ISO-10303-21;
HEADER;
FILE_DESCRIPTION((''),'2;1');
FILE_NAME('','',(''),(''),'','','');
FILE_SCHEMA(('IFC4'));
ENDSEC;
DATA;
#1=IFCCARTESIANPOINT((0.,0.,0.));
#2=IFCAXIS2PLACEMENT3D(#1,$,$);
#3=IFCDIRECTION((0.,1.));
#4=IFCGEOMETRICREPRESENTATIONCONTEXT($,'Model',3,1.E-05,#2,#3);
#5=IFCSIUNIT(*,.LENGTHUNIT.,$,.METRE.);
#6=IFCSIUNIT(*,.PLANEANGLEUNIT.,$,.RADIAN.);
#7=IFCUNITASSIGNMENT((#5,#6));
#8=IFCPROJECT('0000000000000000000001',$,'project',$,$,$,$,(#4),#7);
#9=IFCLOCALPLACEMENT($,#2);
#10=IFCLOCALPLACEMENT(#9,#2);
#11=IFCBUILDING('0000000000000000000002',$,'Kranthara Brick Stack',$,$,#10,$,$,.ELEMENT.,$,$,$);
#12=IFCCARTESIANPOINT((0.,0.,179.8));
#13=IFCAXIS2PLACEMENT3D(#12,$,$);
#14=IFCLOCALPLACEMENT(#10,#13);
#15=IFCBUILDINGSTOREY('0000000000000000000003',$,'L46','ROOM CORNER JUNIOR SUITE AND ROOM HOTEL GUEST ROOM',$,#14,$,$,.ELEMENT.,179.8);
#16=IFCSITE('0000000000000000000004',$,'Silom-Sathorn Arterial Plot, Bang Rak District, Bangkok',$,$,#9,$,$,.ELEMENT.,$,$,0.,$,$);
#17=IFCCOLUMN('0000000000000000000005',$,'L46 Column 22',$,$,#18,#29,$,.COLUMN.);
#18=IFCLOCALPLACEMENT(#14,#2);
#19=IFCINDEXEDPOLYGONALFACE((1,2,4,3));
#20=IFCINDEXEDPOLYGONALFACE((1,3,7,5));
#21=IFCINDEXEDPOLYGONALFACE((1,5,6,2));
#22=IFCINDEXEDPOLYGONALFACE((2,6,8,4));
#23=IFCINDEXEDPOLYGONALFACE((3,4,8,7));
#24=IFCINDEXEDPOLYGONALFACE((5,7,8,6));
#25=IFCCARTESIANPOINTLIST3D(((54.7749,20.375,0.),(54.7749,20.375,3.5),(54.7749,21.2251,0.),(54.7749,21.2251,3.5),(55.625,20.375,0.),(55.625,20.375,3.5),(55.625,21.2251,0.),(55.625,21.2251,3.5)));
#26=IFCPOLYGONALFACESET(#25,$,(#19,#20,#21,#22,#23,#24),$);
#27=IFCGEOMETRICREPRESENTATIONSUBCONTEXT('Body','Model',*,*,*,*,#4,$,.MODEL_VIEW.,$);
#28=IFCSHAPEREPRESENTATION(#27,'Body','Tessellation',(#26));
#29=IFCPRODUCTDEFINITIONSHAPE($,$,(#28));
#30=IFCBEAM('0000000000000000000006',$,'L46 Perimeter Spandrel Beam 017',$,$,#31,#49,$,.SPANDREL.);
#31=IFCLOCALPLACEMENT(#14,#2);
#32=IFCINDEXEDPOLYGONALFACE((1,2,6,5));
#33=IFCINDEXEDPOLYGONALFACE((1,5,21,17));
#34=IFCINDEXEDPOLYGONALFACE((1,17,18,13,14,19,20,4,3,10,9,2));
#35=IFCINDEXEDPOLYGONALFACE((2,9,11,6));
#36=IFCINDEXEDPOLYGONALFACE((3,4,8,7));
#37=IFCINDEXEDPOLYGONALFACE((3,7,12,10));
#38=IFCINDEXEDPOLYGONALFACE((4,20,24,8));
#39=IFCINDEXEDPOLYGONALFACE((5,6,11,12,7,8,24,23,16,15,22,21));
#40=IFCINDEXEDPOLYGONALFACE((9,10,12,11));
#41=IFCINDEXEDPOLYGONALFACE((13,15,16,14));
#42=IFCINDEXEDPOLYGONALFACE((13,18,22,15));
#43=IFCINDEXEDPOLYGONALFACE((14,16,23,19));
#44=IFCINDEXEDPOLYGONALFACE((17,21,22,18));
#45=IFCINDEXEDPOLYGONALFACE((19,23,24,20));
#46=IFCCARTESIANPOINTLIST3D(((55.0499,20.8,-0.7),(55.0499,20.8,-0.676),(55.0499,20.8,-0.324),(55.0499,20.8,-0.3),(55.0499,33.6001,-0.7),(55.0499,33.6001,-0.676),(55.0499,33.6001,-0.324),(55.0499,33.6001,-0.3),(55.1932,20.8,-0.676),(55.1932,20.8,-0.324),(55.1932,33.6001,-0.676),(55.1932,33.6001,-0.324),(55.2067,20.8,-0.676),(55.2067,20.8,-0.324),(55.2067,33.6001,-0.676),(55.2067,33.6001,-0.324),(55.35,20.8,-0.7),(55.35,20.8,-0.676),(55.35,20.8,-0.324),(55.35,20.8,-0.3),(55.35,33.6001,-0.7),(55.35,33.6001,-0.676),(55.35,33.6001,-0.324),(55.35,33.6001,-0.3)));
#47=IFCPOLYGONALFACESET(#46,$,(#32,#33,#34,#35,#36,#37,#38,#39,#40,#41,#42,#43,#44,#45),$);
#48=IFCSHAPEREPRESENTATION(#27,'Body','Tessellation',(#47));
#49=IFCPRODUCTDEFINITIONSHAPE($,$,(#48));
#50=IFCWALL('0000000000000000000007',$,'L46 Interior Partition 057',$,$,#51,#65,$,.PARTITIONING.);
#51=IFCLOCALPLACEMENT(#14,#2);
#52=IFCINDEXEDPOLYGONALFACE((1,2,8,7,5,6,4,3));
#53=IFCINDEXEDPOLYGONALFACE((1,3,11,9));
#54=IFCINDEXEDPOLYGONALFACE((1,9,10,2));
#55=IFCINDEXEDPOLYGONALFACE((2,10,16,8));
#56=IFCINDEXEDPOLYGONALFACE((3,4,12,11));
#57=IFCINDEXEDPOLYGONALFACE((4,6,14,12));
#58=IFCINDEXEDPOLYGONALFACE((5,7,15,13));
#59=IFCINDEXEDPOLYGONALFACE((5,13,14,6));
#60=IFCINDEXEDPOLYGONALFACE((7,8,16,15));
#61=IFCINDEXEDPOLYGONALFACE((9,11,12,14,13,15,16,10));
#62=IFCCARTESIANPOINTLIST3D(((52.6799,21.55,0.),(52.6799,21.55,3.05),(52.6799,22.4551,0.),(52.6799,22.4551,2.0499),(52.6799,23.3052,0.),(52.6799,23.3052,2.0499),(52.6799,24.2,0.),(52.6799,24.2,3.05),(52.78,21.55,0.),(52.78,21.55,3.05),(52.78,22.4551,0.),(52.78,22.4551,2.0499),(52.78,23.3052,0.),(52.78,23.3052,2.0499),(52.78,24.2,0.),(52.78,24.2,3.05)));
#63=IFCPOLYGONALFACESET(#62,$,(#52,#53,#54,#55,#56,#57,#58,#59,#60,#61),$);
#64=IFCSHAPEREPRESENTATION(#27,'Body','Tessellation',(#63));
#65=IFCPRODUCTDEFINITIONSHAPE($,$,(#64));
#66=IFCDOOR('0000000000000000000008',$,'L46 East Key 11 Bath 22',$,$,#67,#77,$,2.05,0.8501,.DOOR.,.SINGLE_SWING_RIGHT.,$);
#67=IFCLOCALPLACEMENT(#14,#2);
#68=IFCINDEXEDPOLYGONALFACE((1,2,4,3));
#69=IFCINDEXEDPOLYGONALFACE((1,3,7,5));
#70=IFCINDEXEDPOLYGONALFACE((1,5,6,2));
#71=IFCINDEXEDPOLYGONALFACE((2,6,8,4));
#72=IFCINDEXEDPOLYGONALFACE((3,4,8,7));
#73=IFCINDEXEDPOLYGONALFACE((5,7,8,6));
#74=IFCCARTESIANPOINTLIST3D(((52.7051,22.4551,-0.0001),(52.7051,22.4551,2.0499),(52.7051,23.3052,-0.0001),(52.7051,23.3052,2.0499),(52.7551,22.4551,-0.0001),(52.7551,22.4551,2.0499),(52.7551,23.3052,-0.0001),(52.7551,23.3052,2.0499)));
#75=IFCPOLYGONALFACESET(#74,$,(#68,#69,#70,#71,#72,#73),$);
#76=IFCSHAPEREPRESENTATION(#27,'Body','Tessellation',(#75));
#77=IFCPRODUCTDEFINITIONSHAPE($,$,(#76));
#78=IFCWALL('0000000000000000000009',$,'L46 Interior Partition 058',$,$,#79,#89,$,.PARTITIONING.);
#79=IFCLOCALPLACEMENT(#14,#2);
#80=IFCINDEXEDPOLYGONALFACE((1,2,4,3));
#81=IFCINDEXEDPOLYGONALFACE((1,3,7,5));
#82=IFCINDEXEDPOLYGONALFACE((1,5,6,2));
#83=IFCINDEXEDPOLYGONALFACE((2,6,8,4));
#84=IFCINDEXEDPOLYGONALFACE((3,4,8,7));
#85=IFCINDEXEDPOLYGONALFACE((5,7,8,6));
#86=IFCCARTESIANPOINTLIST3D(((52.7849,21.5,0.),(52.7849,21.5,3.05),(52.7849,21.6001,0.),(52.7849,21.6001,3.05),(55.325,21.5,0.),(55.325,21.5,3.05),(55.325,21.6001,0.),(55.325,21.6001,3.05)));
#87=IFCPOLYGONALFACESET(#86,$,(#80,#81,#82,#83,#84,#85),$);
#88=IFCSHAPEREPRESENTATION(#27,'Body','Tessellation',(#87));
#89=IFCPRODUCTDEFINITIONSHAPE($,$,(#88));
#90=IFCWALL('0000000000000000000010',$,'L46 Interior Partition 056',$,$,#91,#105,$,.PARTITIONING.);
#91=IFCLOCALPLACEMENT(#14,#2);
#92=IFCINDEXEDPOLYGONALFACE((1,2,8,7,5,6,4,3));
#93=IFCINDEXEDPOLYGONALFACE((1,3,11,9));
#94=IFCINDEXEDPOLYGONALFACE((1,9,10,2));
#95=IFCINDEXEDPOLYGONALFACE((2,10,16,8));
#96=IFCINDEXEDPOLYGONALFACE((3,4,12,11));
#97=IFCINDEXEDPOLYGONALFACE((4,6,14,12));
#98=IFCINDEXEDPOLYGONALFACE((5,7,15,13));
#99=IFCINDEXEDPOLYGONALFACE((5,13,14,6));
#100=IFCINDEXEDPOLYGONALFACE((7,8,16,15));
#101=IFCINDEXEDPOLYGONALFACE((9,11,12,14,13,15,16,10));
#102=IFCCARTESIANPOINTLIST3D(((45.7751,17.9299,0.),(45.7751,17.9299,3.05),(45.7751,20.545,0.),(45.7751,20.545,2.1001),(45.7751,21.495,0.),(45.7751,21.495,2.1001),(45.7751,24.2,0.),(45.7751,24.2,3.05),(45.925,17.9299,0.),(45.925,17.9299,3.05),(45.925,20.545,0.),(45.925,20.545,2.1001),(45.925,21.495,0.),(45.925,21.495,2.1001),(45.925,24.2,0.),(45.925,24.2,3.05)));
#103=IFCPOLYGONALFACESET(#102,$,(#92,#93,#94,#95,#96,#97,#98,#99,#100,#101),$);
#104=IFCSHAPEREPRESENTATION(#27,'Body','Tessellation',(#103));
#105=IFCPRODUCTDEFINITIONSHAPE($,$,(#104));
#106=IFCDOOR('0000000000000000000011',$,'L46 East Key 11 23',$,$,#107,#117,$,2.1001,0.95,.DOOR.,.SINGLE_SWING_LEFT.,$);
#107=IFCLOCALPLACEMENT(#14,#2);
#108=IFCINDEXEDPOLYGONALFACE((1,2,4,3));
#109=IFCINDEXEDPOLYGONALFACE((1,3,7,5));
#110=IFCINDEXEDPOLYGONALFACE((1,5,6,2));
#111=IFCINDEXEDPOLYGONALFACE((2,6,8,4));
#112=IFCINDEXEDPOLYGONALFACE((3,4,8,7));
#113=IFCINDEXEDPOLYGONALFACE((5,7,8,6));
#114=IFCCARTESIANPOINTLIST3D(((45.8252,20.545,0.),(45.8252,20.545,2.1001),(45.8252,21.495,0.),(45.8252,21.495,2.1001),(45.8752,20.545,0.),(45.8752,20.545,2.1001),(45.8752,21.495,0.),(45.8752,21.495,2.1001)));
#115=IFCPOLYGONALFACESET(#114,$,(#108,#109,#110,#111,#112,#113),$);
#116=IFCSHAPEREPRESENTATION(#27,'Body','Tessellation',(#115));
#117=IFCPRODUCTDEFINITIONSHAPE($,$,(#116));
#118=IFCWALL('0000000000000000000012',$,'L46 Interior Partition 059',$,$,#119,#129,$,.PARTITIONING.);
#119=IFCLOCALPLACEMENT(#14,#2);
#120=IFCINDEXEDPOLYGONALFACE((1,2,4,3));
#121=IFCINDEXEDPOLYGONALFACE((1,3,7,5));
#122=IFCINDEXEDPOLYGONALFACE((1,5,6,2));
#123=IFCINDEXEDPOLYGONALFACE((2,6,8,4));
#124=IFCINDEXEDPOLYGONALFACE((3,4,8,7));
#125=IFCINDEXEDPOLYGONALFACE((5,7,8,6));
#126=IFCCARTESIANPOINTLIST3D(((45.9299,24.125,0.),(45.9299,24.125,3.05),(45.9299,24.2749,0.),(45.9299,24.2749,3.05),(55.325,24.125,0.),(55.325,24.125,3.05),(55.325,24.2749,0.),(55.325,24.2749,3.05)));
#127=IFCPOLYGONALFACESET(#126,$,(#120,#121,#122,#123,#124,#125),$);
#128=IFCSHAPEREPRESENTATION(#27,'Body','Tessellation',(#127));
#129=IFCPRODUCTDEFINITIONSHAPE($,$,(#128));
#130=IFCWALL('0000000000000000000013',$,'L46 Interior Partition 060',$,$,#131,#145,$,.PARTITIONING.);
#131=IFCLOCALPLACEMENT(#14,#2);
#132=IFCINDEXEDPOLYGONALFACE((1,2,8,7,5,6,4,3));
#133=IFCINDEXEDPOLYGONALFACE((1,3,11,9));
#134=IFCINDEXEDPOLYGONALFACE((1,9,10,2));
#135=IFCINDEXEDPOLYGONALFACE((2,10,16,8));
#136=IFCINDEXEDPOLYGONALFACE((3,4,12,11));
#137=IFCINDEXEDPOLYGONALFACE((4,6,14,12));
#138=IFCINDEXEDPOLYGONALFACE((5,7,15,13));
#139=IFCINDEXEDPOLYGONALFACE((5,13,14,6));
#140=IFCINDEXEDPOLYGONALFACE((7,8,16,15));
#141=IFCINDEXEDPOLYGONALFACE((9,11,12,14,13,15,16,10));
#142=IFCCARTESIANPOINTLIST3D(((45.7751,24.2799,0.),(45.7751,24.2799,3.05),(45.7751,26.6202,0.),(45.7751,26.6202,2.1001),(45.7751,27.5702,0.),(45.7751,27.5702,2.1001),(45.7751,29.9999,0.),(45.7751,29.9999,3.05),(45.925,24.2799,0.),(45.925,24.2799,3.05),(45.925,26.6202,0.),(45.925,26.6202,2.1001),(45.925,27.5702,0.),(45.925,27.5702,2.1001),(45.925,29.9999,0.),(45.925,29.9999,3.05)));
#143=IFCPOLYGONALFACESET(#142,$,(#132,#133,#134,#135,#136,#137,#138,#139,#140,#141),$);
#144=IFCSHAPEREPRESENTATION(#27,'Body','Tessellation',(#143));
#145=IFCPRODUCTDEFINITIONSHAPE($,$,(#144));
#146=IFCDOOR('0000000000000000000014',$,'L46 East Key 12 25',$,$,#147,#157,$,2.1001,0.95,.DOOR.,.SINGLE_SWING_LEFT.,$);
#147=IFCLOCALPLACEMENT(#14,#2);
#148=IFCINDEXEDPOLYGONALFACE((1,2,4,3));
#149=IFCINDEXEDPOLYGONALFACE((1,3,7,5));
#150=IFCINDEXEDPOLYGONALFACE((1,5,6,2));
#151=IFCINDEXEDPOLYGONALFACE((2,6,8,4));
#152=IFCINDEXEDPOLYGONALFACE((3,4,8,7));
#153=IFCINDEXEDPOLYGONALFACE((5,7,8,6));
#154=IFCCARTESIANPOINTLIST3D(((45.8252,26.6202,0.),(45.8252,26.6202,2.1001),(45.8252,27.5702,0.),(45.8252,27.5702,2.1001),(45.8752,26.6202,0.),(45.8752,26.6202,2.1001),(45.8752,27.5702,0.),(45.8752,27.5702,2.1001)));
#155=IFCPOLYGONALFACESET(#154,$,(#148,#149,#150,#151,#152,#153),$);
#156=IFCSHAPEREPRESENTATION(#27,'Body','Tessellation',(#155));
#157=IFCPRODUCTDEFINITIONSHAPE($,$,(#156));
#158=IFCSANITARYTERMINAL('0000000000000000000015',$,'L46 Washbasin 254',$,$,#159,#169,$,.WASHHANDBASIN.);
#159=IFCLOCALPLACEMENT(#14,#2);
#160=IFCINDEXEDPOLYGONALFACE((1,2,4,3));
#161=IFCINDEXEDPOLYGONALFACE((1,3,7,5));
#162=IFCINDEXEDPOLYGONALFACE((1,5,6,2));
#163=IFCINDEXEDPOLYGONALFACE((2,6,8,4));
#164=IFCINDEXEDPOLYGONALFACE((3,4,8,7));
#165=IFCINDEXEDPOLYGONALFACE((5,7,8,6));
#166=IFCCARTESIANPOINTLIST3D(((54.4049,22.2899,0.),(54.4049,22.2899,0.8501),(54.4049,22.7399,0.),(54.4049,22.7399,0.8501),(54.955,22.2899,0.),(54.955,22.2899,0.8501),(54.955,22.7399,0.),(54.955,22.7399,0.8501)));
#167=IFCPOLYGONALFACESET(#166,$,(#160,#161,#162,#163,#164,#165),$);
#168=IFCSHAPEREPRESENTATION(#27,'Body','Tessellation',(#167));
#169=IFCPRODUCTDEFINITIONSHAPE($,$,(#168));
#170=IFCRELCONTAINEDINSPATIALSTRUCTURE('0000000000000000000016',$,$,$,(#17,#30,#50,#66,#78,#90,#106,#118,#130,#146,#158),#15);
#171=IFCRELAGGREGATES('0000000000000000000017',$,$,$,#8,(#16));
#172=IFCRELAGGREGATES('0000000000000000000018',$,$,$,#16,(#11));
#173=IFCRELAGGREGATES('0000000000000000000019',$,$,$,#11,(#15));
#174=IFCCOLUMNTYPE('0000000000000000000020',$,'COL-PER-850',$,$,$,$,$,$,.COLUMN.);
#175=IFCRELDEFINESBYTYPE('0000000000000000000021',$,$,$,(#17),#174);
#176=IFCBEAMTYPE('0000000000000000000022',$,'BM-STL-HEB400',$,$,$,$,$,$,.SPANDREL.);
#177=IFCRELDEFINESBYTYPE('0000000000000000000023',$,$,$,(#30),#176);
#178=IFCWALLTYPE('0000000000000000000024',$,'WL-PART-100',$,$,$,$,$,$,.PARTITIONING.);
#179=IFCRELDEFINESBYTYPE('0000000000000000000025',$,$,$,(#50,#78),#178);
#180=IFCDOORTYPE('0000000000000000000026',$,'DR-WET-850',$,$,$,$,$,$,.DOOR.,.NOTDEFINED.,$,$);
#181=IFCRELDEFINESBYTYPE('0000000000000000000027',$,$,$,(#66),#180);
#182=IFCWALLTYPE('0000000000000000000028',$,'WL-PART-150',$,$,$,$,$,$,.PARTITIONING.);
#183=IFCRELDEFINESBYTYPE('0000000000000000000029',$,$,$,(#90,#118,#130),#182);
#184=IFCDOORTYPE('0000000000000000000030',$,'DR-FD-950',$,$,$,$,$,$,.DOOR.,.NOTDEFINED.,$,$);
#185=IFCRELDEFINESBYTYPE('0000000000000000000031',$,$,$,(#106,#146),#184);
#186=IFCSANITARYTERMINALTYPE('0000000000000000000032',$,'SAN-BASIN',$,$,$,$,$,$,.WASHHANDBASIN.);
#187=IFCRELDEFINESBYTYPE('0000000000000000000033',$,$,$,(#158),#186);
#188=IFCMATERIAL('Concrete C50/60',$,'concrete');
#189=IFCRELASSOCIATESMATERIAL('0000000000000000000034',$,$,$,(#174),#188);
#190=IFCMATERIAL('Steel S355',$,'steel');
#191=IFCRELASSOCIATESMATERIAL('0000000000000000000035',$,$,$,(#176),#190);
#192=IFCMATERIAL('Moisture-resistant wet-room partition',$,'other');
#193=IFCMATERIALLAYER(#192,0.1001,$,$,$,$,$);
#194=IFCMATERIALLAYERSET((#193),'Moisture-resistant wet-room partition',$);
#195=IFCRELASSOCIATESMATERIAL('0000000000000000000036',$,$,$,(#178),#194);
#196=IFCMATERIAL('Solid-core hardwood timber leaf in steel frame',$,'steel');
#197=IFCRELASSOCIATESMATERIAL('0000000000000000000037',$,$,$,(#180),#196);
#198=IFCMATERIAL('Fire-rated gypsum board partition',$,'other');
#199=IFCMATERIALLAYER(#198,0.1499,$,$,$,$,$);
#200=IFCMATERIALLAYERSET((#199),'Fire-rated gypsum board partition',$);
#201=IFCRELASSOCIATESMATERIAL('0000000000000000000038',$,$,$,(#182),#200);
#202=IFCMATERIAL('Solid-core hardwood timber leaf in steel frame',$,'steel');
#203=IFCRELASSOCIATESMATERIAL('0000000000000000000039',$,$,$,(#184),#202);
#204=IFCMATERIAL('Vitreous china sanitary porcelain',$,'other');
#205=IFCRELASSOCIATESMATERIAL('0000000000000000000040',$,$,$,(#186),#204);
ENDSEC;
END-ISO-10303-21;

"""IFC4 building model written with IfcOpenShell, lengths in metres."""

from ifc_helpers import new_model, si_unit, direction, frame, frame_2d, origin, origin_2d, place, context, subcontext, project, spatial, rectangle, i_section, extrude, material, layer, layer_set, material_profile, profile_set, type_object, element, fill, save


model = new_model("IFC4")

# Units and contexts
model_context = context("Model", 3, precision=1e-05, world=origin(), true_north=direction((0.0, 1.0)))
body_context = subcontext(model_context, "Body", "Model", "MODEL_VIEW")
ifc_project = project(units=[si_unit("LENGTHUNIT", "METRE"), si_unit("PLANEANGLEUNIT", "RADIAN")], contexts=[model_context])

# Site, building, storey
site_placement = place(None, origin())
site = spatial("IfcSite", under=ifc_project, at=site_placement, Name="Silom-Sathorn Arterial Plot, Bang Rak District, Bangkok", CompositionType="ELEMENT", RefElevation=0.0)
building_placement = place(site_placement, origin())
building = spatial("IfcBuilding", under=site, at=building_placement, Name="Kranthara Brick Stack", CompositionType="ELEMENT")
storey_placement = place(building_placement, frame((0.0, 0.0, 179.8)))
storey = spatial("IfcBuildingStorey", under=building, at=storey_placement, Name="L46", Description="ROOM CORNER JUNIOR SUITE AND ROOM HOTEL GUEST ROOM", CompositionType="ELEMENT", Elevation=179.8)

# Column
ifc_material_1 = material(Name="Concrete C50/60", Category="concrete")
ifc_material_profile_1 = material_profile(ifc_material_1, rectangle(XDim=0.8501, YDim=0.8501, at=origin_2d()), Name="RC 850x850")
ifc_profile_set_1 = profile_set([ifc_material_profile_1], Name="Concrete C50/60")
column_type = type_object("IfcColumnType", Name="COL-PER-850", PredefinedType="COLUMN", material=ifc_profile_set_1)
column_placement = place(storey_placement, frame((55.2, 20.8, 0.0), z_axis=(0.0, 0.0, 1.0), x_axis=(1.0, 0.0, 0.0)))
element("IfcColumn", 1, at=column_placement, inside=storey, type_object=column_type, Name="L46 Column 22", PredefinedType="COLUMN", context=body_context, shape_type="SweptSolid", body=[
    extrude(rectangle(XDim=0.8501, YDim=0.8501, at=origin_2d()), origin(), (0.0, 0.0, 1.0), 3.5),
])

# Beam
ifc_material_2 = material(Name="Steel S355", Category="steel")
ifc_material_profile_2 = material_profile(ifc_material_2, i_section(OverallWidth=0.3, OverallDepth=0.3999, WebThickness=0.0134, FlangeThickness=0.0239, at=origin_2d()), Name="HEB 400")
ifc_profile_set_2 = profile_set([ifc_material_profile_2], Name="Steel S355")
beam_type = type_object("IfcBeamType", Name="BM-STL-HEB400", PredefinedType="SPANDREL", material=ifc_profile_set_2)
beam_placement = place(storey_placement, frame((55.2, 20.8, -0.5), z_axis=(0.0, 1.0, 0.0), x_axis=(-1.0, 0.0, 0.0)))
element("IfcBeam", 2, at=beam_placement, inside=storey, type_object=beam_type, Name="L46 Perimeter Spandrel Beam 017", PredefinedType="SPANDREL", context=body_context, shape_type="SweptSolid", body=[
    extrude(i_section(OverallWidth=0.3, OverallDepth=0.3999, WebThickness=0.0134, FlangeThickness=0.0239, at=origin_2d()), origin(), (0.0, 0.0, 1.0), 12.8),
])

# Wall, opening, door
ifc_material_3 = material(Name="Moisture-resistant wet-room partition", Category="other")
ifc_layer_1 = layer(ifc_material_3, 0.1001)
ifc_layer_set_1 = layer_set([ifc_layer_1], Name="Moisture-resistant wet-room partition")
wall_type_1 = type_object("IfcWallType", Name="WL-PART-100", PredefinedType="PARTITIONING", material=ifc_layer_set_1)
wall_1_placement = place(storey_placement, frame((52.73, 21.55, 0.0), z_axis=(0.0, 0.0, 1.0), x_axis=(0.0, 1.0, 0.0)))
wall_1 = element("IfcWall", 3, at=wall_1_placement, inside=storey, type_object=wall_type_1, Name="L46 Interior Partition 057", PredefinedType="PARTITIONING", context=body_context, shape_type="SweptSolid", body=[
    extrude(rectangle(XDim=2.6499, YDim=0.1001, at=frame_2d((1.325, 0.0))), origin(), (0.0, 0.0, 1.0), 3.05),
])
opening_1_placement = place(wall_1_placement, frame((0.905, 0.0, 0.0)))
opening_1 = element("IfcOpeningElement", 4, at=opening_1_placement, cuts=wall_1, PredefinedType="OPENING", context=body_context, shape_type="SweptSolid", body=[
    extrude(rectangle(XDim=0.8501, YDim=2.05, at=frame_2d((0.425, 1.0249))), frame((0.0, 0.0601, 0.0), z_axis=(0.0, -1.0, 0.0), x_axis=(1.0, 0.0, 0.0)), (0.0, 0.0, 1.0), 0.1201),
])
ifc_material_4 = material(Name="Solid-core hardwood timber leaf in steel frame", Category="steel")
door_type_1 = type_object("IfcDoorType", Name="DR-WET-850", OperationType="NOTDEFINED", PredefinedType="DOOR", material=ifc_material_4)
door_1_placement = place(opening_1_placement, origin())
door_1 = element("IfcDoor", 5, at=door_1_placement, inside=storey, type_object=door_type_1, Name="L46 East Key 11 Bath 22", OperationType="SINGLE_SWING_RIGHT", OverallHeight=2.05, OverallWidth=0.8501, PredefinedType="DOOR", context=body_context, shape_type="SweptSolid", body=[
    extrude(rectangle(XDim=0.8501, YDim=2.05, at=frame_2d((0.425, 1.0249))), frame((0.0, 0.0249, 0.0), z_axis=(0.0, -1.0, 0.0), x_axis=(1.0, 0.0, 0.0)), (0.0, 0.0, 1.0), 0.05),
])
fill(opening_1, door_1)

# Wall
wall_2_placement = place(storey_placement, frame((52.7849, 21.55, 0.0), z_axis=(0.0, 0.0, 1.0), x_axis=(1.0, 0.0, 0.0)))
element("IfcWall", 6, at=wall_2_placement, inside=storey, type_object=wall_type_1, Name="L46 Interior Partition 058", PredefinedType="PARTITIONING", context=body_context, shape_type="SweptSolid", body=[
    extrude(rectangle(XDim=2.54, YDim=0.1001, at=frame_2d((1.27, 0.0))), origin(), (0.0, 0.0, 1.0), 3.05),
])

# Wall, opening, door
ifc_material_5 = material(Name="Fire-rated gypsum board partition", Category="other")
ifc_layer_2 = layer(ifc_material_5, 0.1499)
ifc_layer_set_2 = layer_set([ifc_layer_2], Name="Fire-rated gypsum board partition")
wall_type_2 = type_object("IfcWallType", Name="WL-PART-150", PredefinedType="PARTITIONING", material=ifc_layer_set_2)
wall_3_placement = place(storey_placement, frame((45.8501, 17.9299, 0.0), z_axis=(0.0, 0.0, 1.0), x_axis=(0.0, 1.0, 0.0)))
wall_3 = element("IfcWall", 7, at=wall_3_placement, inside=storey, type_object=wall_type_2, Name="L46 Interior Partition 056", PredefinedType="PARTITIONING", context=body_context, shape_type="SweptSolid", body=[
    extrude(rectangle(XDim=6.27, YDim=0.1499, at=frame_2d((3.135, 0.0))), origin(), (0.0, 0.0, 1.0), 3.05),
])
opening_2_placement = place(wall_3_placement, frame((2.615, 0.0, 0.0)))
opening_2 = element("IfcOpeningElement", 8, at=opening_2_placement, cuts=wall_3, PredefinedType="OPENING", context=body_context, shape_type="SweptSolid", body=[
    extrude(rectangle(XDim=0.95, YDim=2.1001, at=frame_2d((0.4751, 1.05))), frame((0.0, 0.085, 0.0), z_axis=(0.0, -1.0, 0.0), x_axis=(1.0, 0.0, 0.0)), (0.0, 0.0, 1.0), 0.1699),
])
ifc_material_6 = material(Name="Solid-core hardwood timber leaf in steel frame", Category="steel")
door_type_2 = type_object("IfcDoorType", Name="DR-FD-950", OperationType="NOTDEFINED", PredefinedType="DOOR", material=ifc_material_6)
door_2_placement = place(opening_2_placement, origin())
door_2 = element("IfcDoor", 9, at=door_2_placement, inside=storey, type_object=door_type_2, Name="L46 East Key 11 23", OperationType="SINGLE_SWING_LEFT", OverallHeight=2.1001, OverallWidth=0.95, PredefinedType="DOOR", context=body_context, shape_type="SweptSolid", body=[
    extrude(rectangle(XDim=0.95, YDim=2.1001, at=frame_2d((0.4751, 1.05))), frame((0.0, 0.0249, 0.0), z_axis=(0.0, -1.0, 0.0), x_axis=(1.0, 0.0, 0.0)), (0.0, 0.0, 1.0), 0.05),
])
fill(opening_2, door_2)

# Wall
wall_4_placement = place(storey_placement, frame((45.9299, 24.2, 0.0), z_axis=(0.0, 0.0, 1.0), x_axis=(1.0, 0.0, 0.0)))
element("IfcWall", 10, at=wall_4_placement, inside=storey, type_object=wall_type_2, Name="L46 Interior Partition 059", PredefinedType="PARTITIONING", context=body_context, shape_type="SweptSolid", body=[
    extrude(rectangle(XDim=9.395, YDim=0.1499, at=frame_2d((4.6975, 0.0))), origin(), (0.0, 0.0, 1.0), 3.05),
])

# Wall, opening, door
wall_5_placement = place(storey_placement, frame((45.8501, 24.28, 0.0), z_axis=(0.0, 0.0, 1.0), x_axis=(0.0, 1.0, 0.0)))
wall_5 = element("IfcWall", 11, at=wall_5_placement, inside=storey, type_object=wall_type_2, Name="L46 Interior Partition 060", PredefinedType="PARTITIONING", context=body_context, shape_type="SweptSolid", body=[
    extrude(rectangle(XDim=5.72, YDim=0.1499, at=frame_2d((2.8599, 0.0))), origin(), (0.0, 0.0, 1.0), 3.05),
])
opening_3_placement = place(wall_5_placement, frame((2.3401, 0.0, 0.0)))
opening_3 = element("IfcOpeningElement", 12, at=opening_3_placement, cuts=wall_5, PredefinedType="OPENING", context=body_context, shape_type="SweptSolid", body=[
    extrude(rectangle(XDim=0.95, YDim=2.1001, at=frame_2d((0.4751, 1.05))), frame((0.0, 0.085, 0.0), z_axis=(0.0, -1.0, 0.0), x_axis=(1.0, 0.0, 0.0)), (0.0, 0.0, 1.0), 0.1699),
])
door_3_placement = place(opening_3_placement, origin())
door_3 = element("IfcDoor", 13, at=door_3_placement, inside=storey, type_object=door_type_2, Name="L46 East Key 12 25", OperationType="SINGLE_SWING_LEFT", OverallHeight=2.1001, OverallWidth=0.95, PredefinedType="DOOR", context=body_context, shape_type="SweptSolid", body=[
    extrude(rectangle(XDim=0.95, YDim=2.1001, at=frame_2d((0.4751, 1.05))), frame((0.0, 0.0249, 0.0), z_axis=(0.0, -1.0, 0.0), x_axis=(1.0, 0.0, 0.0)), (0.0, 0.0, 1.0), 0.05),
])
fill(opening_3, door_3)

# Sanitary terminal
ifc_material_7 = material(Name="Vitreous china sanitary porcelain", Category="other")
sanitary_terminal_type_1 = type_object("IfcSanitaryTerminalType", Name="SAN-BASIN", PredefinedType="WASHHANDBASIN", material=ifc_material_7)
sanitary_terminal_1_placement = place(storey_placement, frame((54.6799, 22.5149, 0.0), z_axis=(0.0, 0.0, 1.0), x_axis=(1.0, 0.0, 0.0)))
element("IfcSanitaryTerminal", 14, at=sanitary_terminal_1_placement, inside=storey, type_object=sanitary_terminal_type_1, Name="L46 Washbasin 254", PredefinedType="WASHHANDBASIN", context=body_context, shape_type="SweptSolid", body=[
    extrude(rectangle(XDim=0.55, YDim=0.45, at=origin_2d()), origin(), (0.0, 0.0, 1.0), 0.8501),
])

save(model, "model.ifc")
